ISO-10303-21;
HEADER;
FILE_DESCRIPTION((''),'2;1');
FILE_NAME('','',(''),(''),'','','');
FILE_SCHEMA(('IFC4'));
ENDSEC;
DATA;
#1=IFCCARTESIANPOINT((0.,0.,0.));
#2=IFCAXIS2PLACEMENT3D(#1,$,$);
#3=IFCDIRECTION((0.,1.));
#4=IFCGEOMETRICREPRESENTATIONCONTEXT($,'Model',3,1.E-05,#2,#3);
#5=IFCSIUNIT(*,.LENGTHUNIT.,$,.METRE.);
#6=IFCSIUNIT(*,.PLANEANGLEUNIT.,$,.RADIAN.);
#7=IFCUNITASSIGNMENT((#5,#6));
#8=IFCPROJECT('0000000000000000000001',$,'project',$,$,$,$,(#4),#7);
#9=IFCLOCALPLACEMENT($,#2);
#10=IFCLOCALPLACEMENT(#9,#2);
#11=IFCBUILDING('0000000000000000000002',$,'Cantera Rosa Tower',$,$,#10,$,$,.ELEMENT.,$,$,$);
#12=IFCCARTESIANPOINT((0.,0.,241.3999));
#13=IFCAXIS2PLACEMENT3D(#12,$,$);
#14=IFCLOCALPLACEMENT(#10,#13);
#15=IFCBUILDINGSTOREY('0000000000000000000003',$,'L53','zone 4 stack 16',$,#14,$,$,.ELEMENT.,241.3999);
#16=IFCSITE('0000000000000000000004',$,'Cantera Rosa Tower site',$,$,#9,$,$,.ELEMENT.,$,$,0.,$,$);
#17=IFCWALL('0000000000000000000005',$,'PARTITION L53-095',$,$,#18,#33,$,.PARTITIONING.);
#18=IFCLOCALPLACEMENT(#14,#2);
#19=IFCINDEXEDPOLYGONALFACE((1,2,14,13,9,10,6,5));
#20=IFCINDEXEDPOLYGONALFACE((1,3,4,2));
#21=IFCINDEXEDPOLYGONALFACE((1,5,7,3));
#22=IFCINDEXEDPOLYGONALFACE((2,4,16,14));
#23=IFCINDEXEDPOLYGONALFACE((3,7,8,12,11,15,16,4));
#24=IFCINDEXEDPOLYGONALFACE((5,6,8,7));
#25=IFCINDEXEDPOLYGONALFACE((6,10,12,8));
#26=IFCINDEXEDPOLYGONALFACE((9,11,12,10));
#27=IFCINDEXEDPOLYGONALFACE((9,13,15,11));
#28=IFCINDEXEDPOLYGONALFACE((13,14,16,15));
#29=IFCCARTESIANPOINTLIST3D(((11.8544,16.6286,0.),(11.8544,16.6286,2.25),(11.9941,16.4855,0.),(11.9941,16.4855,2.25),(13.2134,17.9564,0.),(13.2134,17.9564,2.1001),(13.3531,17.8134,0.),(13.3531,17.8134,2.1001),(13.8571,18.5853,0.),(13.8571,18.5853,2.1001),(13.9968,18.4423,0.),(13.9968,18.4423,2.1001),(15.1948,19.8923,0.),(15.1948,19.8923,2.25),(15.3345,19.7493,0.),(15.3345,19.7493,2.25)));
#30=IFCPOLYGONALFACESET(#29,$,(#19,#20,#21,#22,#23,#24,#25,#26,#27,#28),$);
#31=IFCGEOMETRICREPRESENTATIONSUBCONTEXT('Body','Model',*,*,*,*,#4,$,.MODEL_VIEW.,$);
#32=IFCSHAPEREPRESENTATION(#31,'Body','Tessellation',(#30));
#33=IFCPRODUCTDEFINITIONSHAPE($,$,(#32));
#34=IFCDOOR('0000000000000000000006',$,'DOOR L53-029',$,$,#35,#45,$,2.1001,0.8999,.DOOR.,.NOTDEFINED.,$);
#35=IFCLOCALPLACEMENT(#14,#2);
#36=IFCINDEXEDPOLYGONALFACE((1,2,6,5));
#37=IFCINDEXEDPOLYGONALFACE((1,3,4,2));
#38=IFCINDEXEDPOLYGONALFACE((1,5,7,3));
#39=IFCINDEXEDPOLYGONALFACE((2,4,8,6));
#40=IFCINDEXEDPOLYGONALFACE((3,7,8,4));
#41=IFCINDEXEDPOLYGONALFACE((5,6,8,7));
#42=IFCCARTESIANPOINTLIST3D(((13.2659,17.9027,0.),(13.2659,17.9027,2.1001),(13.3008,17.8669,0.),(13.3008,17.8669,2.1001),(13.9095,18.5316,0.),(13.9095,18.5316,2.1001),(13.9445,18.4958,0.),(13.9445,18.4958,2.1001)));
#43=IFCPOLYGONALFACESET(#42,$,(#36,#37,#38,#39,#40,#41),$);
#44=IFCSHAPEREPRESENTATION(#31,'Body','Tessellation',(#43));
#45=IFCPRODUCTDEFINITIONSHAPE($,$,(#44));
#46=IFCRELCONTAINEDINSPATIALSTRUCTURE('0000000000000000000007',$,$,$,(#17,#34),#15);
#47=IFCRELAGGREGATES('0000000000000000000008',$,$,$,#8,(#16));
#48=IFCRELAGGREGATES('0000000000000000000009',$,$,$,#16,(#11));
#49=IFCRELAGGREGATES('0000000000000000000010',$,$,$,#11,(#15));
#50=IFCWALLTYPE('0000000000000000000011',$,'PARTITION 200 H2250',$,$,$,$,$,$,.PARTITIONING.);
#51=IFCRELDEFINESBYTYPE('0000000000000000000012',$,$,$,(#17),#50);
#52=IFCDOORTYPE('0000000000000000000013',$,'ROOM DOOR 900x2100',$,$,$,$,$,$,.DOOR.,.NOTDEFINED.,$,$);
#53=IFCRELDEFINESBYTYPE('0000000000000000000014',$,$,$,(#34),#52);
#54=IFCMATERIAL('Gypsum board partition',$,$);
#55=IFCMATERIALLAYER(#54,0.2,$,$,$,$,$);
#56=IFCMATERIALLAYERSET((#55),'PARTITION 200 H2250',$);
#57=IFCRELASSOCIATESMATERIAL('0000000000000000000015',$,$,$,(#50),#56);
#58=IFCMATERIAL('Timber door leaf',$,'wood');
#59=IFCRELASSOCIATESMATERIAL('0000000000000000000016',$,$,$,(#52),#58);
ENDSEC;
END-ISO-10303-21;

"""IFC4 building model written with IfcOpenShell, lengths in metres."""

from ifc_helpers import new_model, si_unit, direction, frame, frame_2d, origin, place, context, subcontext, project, spatial, rectangle, extrude, material, layer, layer_set, type_object, element, fill, save


model = new_model("IFC4")

# Units and contexts
model_context = context("Model", 3, precision=1e-05, world=origin(), true_north=direction((0.0, 1.0)))
body_context = subcontext(model_context, "Body", "Model", "MODEL_VIEW")
ifc_project = project(units=[si_unit("LENGTHUNIT", "METRE"), si_unit("PLANEANGLEUNIT", "RADIAN")], contexts=[model_context])

# Site, building, storey
site_placement = place(None, origin())
site = spatial("IfcSite", under=ifc_project, at=site_placement, Name="Cantera Rosa Tower site", CompositionType="ELEMENT", RefElevation=0.0)
building_placement = place(site_placement, origin())
building = spatial("IfcBuilding", under=site, at=building_placement, Name="Cantera Rosa Tower", CompositionType="ELEMENT")
storey_placement = place(building_placement, frame((0.0, 0.0, 241.3999)))
storey = spatial("IfcBuildingStorey", under=building, at=storey_placement, Name="L53", Description="zone 4 stack 16", CompositionType="ELEMENT", Elevation=241.3999)

# Wall, opening, door
ifc_material_1 = material(Name="Gypsum board partition")
ifc_layer_1 = layer(ifc_material_1, 0.2)
ifc_layer_set_1 = layer_set([ifc_layer_1], Name="PARTITION 200 H2250")
wall_type_1 = type_object("IfcWallType", Name="PARTITION 200 H2250", PredefinedType="PARTITIONING", material=ifc_layer_set_1)
wall_1_placement = place(storey_placement, frame((11.9243, 16.5571, 0.0), z_axis=(0.0, 0.0, 1.0), x_axis=(0.715267, 0.698852, 0.0)))
wall_1 = element("IfcWall", 1, at=wall_1_placement, inside=storey, type_object=wall_type_1, Name="PARTITION L53-095", PredefinedType="PARTITIONING", context=body_context, shape_type="SweptSolid", body=[
    extrude(rectangle(XDim=4.6702, YDim=0.2, at=frame_2d((2.335, 0.0))), origin(), (0.0, 0.0, 1.0), 2.25),
])
opening_1_placement = place(wall_1_placement, frame((1.8999, 0.0, 0.0)))
opening_1 = element("IfcOpeningElement", 2, at=opening_1_placement, cuts=wall_1, PredefinedType="OPENING", context=body_context, shape_type="SweptSolid", body=[
    extrude(rectangle(XDim=0.8999, YDim=2.1001, at=frame_2d((0.45, 1.05))), frame((0.0, 0.1099, 0.0), z_axis=(0.0, -1.0, 0.0), x_axis=(1.0, 0.0, 0.0)), (0.0, 0.0, 1.0), 0.22),
])
ifc_material_2 = material(Name="Timber door leaf", Category="wood")
door_type_1 = type_object("IfcDoorType", Name="ROOM DOOR 900x2100", OperationType="NOTDEFINED", PredefinedType="DOOR", material=ifc_material_2)
door_1_placement = place(opening_1_placement, origin())
door_1 = element("IfcDoor", 3, at=door_1_placement, inside=storey, type_object=door_type_1, Name="DOOR L53-029", OperationType="NOTDEFINED", OverallHeight=2.1001, OverallWidth=0.8999, PredefinedType="DOOR", context=body_context, shape_type="SweptSolid", body=[
    extrude(rectangle(XDim=0.8999, YDim=2.1001, at=frame_2d((0.45, 1.05))), frame((0.0, 0.0249, 0.0), z_axis=(0.0, -1.0, 0.0), x_axis=(1.0, 0.0, 0.0)), (0.0, 0.0, 1.0), 0.05),
])
fill(opening_1, door_1)

save(model, "model.ifc")
